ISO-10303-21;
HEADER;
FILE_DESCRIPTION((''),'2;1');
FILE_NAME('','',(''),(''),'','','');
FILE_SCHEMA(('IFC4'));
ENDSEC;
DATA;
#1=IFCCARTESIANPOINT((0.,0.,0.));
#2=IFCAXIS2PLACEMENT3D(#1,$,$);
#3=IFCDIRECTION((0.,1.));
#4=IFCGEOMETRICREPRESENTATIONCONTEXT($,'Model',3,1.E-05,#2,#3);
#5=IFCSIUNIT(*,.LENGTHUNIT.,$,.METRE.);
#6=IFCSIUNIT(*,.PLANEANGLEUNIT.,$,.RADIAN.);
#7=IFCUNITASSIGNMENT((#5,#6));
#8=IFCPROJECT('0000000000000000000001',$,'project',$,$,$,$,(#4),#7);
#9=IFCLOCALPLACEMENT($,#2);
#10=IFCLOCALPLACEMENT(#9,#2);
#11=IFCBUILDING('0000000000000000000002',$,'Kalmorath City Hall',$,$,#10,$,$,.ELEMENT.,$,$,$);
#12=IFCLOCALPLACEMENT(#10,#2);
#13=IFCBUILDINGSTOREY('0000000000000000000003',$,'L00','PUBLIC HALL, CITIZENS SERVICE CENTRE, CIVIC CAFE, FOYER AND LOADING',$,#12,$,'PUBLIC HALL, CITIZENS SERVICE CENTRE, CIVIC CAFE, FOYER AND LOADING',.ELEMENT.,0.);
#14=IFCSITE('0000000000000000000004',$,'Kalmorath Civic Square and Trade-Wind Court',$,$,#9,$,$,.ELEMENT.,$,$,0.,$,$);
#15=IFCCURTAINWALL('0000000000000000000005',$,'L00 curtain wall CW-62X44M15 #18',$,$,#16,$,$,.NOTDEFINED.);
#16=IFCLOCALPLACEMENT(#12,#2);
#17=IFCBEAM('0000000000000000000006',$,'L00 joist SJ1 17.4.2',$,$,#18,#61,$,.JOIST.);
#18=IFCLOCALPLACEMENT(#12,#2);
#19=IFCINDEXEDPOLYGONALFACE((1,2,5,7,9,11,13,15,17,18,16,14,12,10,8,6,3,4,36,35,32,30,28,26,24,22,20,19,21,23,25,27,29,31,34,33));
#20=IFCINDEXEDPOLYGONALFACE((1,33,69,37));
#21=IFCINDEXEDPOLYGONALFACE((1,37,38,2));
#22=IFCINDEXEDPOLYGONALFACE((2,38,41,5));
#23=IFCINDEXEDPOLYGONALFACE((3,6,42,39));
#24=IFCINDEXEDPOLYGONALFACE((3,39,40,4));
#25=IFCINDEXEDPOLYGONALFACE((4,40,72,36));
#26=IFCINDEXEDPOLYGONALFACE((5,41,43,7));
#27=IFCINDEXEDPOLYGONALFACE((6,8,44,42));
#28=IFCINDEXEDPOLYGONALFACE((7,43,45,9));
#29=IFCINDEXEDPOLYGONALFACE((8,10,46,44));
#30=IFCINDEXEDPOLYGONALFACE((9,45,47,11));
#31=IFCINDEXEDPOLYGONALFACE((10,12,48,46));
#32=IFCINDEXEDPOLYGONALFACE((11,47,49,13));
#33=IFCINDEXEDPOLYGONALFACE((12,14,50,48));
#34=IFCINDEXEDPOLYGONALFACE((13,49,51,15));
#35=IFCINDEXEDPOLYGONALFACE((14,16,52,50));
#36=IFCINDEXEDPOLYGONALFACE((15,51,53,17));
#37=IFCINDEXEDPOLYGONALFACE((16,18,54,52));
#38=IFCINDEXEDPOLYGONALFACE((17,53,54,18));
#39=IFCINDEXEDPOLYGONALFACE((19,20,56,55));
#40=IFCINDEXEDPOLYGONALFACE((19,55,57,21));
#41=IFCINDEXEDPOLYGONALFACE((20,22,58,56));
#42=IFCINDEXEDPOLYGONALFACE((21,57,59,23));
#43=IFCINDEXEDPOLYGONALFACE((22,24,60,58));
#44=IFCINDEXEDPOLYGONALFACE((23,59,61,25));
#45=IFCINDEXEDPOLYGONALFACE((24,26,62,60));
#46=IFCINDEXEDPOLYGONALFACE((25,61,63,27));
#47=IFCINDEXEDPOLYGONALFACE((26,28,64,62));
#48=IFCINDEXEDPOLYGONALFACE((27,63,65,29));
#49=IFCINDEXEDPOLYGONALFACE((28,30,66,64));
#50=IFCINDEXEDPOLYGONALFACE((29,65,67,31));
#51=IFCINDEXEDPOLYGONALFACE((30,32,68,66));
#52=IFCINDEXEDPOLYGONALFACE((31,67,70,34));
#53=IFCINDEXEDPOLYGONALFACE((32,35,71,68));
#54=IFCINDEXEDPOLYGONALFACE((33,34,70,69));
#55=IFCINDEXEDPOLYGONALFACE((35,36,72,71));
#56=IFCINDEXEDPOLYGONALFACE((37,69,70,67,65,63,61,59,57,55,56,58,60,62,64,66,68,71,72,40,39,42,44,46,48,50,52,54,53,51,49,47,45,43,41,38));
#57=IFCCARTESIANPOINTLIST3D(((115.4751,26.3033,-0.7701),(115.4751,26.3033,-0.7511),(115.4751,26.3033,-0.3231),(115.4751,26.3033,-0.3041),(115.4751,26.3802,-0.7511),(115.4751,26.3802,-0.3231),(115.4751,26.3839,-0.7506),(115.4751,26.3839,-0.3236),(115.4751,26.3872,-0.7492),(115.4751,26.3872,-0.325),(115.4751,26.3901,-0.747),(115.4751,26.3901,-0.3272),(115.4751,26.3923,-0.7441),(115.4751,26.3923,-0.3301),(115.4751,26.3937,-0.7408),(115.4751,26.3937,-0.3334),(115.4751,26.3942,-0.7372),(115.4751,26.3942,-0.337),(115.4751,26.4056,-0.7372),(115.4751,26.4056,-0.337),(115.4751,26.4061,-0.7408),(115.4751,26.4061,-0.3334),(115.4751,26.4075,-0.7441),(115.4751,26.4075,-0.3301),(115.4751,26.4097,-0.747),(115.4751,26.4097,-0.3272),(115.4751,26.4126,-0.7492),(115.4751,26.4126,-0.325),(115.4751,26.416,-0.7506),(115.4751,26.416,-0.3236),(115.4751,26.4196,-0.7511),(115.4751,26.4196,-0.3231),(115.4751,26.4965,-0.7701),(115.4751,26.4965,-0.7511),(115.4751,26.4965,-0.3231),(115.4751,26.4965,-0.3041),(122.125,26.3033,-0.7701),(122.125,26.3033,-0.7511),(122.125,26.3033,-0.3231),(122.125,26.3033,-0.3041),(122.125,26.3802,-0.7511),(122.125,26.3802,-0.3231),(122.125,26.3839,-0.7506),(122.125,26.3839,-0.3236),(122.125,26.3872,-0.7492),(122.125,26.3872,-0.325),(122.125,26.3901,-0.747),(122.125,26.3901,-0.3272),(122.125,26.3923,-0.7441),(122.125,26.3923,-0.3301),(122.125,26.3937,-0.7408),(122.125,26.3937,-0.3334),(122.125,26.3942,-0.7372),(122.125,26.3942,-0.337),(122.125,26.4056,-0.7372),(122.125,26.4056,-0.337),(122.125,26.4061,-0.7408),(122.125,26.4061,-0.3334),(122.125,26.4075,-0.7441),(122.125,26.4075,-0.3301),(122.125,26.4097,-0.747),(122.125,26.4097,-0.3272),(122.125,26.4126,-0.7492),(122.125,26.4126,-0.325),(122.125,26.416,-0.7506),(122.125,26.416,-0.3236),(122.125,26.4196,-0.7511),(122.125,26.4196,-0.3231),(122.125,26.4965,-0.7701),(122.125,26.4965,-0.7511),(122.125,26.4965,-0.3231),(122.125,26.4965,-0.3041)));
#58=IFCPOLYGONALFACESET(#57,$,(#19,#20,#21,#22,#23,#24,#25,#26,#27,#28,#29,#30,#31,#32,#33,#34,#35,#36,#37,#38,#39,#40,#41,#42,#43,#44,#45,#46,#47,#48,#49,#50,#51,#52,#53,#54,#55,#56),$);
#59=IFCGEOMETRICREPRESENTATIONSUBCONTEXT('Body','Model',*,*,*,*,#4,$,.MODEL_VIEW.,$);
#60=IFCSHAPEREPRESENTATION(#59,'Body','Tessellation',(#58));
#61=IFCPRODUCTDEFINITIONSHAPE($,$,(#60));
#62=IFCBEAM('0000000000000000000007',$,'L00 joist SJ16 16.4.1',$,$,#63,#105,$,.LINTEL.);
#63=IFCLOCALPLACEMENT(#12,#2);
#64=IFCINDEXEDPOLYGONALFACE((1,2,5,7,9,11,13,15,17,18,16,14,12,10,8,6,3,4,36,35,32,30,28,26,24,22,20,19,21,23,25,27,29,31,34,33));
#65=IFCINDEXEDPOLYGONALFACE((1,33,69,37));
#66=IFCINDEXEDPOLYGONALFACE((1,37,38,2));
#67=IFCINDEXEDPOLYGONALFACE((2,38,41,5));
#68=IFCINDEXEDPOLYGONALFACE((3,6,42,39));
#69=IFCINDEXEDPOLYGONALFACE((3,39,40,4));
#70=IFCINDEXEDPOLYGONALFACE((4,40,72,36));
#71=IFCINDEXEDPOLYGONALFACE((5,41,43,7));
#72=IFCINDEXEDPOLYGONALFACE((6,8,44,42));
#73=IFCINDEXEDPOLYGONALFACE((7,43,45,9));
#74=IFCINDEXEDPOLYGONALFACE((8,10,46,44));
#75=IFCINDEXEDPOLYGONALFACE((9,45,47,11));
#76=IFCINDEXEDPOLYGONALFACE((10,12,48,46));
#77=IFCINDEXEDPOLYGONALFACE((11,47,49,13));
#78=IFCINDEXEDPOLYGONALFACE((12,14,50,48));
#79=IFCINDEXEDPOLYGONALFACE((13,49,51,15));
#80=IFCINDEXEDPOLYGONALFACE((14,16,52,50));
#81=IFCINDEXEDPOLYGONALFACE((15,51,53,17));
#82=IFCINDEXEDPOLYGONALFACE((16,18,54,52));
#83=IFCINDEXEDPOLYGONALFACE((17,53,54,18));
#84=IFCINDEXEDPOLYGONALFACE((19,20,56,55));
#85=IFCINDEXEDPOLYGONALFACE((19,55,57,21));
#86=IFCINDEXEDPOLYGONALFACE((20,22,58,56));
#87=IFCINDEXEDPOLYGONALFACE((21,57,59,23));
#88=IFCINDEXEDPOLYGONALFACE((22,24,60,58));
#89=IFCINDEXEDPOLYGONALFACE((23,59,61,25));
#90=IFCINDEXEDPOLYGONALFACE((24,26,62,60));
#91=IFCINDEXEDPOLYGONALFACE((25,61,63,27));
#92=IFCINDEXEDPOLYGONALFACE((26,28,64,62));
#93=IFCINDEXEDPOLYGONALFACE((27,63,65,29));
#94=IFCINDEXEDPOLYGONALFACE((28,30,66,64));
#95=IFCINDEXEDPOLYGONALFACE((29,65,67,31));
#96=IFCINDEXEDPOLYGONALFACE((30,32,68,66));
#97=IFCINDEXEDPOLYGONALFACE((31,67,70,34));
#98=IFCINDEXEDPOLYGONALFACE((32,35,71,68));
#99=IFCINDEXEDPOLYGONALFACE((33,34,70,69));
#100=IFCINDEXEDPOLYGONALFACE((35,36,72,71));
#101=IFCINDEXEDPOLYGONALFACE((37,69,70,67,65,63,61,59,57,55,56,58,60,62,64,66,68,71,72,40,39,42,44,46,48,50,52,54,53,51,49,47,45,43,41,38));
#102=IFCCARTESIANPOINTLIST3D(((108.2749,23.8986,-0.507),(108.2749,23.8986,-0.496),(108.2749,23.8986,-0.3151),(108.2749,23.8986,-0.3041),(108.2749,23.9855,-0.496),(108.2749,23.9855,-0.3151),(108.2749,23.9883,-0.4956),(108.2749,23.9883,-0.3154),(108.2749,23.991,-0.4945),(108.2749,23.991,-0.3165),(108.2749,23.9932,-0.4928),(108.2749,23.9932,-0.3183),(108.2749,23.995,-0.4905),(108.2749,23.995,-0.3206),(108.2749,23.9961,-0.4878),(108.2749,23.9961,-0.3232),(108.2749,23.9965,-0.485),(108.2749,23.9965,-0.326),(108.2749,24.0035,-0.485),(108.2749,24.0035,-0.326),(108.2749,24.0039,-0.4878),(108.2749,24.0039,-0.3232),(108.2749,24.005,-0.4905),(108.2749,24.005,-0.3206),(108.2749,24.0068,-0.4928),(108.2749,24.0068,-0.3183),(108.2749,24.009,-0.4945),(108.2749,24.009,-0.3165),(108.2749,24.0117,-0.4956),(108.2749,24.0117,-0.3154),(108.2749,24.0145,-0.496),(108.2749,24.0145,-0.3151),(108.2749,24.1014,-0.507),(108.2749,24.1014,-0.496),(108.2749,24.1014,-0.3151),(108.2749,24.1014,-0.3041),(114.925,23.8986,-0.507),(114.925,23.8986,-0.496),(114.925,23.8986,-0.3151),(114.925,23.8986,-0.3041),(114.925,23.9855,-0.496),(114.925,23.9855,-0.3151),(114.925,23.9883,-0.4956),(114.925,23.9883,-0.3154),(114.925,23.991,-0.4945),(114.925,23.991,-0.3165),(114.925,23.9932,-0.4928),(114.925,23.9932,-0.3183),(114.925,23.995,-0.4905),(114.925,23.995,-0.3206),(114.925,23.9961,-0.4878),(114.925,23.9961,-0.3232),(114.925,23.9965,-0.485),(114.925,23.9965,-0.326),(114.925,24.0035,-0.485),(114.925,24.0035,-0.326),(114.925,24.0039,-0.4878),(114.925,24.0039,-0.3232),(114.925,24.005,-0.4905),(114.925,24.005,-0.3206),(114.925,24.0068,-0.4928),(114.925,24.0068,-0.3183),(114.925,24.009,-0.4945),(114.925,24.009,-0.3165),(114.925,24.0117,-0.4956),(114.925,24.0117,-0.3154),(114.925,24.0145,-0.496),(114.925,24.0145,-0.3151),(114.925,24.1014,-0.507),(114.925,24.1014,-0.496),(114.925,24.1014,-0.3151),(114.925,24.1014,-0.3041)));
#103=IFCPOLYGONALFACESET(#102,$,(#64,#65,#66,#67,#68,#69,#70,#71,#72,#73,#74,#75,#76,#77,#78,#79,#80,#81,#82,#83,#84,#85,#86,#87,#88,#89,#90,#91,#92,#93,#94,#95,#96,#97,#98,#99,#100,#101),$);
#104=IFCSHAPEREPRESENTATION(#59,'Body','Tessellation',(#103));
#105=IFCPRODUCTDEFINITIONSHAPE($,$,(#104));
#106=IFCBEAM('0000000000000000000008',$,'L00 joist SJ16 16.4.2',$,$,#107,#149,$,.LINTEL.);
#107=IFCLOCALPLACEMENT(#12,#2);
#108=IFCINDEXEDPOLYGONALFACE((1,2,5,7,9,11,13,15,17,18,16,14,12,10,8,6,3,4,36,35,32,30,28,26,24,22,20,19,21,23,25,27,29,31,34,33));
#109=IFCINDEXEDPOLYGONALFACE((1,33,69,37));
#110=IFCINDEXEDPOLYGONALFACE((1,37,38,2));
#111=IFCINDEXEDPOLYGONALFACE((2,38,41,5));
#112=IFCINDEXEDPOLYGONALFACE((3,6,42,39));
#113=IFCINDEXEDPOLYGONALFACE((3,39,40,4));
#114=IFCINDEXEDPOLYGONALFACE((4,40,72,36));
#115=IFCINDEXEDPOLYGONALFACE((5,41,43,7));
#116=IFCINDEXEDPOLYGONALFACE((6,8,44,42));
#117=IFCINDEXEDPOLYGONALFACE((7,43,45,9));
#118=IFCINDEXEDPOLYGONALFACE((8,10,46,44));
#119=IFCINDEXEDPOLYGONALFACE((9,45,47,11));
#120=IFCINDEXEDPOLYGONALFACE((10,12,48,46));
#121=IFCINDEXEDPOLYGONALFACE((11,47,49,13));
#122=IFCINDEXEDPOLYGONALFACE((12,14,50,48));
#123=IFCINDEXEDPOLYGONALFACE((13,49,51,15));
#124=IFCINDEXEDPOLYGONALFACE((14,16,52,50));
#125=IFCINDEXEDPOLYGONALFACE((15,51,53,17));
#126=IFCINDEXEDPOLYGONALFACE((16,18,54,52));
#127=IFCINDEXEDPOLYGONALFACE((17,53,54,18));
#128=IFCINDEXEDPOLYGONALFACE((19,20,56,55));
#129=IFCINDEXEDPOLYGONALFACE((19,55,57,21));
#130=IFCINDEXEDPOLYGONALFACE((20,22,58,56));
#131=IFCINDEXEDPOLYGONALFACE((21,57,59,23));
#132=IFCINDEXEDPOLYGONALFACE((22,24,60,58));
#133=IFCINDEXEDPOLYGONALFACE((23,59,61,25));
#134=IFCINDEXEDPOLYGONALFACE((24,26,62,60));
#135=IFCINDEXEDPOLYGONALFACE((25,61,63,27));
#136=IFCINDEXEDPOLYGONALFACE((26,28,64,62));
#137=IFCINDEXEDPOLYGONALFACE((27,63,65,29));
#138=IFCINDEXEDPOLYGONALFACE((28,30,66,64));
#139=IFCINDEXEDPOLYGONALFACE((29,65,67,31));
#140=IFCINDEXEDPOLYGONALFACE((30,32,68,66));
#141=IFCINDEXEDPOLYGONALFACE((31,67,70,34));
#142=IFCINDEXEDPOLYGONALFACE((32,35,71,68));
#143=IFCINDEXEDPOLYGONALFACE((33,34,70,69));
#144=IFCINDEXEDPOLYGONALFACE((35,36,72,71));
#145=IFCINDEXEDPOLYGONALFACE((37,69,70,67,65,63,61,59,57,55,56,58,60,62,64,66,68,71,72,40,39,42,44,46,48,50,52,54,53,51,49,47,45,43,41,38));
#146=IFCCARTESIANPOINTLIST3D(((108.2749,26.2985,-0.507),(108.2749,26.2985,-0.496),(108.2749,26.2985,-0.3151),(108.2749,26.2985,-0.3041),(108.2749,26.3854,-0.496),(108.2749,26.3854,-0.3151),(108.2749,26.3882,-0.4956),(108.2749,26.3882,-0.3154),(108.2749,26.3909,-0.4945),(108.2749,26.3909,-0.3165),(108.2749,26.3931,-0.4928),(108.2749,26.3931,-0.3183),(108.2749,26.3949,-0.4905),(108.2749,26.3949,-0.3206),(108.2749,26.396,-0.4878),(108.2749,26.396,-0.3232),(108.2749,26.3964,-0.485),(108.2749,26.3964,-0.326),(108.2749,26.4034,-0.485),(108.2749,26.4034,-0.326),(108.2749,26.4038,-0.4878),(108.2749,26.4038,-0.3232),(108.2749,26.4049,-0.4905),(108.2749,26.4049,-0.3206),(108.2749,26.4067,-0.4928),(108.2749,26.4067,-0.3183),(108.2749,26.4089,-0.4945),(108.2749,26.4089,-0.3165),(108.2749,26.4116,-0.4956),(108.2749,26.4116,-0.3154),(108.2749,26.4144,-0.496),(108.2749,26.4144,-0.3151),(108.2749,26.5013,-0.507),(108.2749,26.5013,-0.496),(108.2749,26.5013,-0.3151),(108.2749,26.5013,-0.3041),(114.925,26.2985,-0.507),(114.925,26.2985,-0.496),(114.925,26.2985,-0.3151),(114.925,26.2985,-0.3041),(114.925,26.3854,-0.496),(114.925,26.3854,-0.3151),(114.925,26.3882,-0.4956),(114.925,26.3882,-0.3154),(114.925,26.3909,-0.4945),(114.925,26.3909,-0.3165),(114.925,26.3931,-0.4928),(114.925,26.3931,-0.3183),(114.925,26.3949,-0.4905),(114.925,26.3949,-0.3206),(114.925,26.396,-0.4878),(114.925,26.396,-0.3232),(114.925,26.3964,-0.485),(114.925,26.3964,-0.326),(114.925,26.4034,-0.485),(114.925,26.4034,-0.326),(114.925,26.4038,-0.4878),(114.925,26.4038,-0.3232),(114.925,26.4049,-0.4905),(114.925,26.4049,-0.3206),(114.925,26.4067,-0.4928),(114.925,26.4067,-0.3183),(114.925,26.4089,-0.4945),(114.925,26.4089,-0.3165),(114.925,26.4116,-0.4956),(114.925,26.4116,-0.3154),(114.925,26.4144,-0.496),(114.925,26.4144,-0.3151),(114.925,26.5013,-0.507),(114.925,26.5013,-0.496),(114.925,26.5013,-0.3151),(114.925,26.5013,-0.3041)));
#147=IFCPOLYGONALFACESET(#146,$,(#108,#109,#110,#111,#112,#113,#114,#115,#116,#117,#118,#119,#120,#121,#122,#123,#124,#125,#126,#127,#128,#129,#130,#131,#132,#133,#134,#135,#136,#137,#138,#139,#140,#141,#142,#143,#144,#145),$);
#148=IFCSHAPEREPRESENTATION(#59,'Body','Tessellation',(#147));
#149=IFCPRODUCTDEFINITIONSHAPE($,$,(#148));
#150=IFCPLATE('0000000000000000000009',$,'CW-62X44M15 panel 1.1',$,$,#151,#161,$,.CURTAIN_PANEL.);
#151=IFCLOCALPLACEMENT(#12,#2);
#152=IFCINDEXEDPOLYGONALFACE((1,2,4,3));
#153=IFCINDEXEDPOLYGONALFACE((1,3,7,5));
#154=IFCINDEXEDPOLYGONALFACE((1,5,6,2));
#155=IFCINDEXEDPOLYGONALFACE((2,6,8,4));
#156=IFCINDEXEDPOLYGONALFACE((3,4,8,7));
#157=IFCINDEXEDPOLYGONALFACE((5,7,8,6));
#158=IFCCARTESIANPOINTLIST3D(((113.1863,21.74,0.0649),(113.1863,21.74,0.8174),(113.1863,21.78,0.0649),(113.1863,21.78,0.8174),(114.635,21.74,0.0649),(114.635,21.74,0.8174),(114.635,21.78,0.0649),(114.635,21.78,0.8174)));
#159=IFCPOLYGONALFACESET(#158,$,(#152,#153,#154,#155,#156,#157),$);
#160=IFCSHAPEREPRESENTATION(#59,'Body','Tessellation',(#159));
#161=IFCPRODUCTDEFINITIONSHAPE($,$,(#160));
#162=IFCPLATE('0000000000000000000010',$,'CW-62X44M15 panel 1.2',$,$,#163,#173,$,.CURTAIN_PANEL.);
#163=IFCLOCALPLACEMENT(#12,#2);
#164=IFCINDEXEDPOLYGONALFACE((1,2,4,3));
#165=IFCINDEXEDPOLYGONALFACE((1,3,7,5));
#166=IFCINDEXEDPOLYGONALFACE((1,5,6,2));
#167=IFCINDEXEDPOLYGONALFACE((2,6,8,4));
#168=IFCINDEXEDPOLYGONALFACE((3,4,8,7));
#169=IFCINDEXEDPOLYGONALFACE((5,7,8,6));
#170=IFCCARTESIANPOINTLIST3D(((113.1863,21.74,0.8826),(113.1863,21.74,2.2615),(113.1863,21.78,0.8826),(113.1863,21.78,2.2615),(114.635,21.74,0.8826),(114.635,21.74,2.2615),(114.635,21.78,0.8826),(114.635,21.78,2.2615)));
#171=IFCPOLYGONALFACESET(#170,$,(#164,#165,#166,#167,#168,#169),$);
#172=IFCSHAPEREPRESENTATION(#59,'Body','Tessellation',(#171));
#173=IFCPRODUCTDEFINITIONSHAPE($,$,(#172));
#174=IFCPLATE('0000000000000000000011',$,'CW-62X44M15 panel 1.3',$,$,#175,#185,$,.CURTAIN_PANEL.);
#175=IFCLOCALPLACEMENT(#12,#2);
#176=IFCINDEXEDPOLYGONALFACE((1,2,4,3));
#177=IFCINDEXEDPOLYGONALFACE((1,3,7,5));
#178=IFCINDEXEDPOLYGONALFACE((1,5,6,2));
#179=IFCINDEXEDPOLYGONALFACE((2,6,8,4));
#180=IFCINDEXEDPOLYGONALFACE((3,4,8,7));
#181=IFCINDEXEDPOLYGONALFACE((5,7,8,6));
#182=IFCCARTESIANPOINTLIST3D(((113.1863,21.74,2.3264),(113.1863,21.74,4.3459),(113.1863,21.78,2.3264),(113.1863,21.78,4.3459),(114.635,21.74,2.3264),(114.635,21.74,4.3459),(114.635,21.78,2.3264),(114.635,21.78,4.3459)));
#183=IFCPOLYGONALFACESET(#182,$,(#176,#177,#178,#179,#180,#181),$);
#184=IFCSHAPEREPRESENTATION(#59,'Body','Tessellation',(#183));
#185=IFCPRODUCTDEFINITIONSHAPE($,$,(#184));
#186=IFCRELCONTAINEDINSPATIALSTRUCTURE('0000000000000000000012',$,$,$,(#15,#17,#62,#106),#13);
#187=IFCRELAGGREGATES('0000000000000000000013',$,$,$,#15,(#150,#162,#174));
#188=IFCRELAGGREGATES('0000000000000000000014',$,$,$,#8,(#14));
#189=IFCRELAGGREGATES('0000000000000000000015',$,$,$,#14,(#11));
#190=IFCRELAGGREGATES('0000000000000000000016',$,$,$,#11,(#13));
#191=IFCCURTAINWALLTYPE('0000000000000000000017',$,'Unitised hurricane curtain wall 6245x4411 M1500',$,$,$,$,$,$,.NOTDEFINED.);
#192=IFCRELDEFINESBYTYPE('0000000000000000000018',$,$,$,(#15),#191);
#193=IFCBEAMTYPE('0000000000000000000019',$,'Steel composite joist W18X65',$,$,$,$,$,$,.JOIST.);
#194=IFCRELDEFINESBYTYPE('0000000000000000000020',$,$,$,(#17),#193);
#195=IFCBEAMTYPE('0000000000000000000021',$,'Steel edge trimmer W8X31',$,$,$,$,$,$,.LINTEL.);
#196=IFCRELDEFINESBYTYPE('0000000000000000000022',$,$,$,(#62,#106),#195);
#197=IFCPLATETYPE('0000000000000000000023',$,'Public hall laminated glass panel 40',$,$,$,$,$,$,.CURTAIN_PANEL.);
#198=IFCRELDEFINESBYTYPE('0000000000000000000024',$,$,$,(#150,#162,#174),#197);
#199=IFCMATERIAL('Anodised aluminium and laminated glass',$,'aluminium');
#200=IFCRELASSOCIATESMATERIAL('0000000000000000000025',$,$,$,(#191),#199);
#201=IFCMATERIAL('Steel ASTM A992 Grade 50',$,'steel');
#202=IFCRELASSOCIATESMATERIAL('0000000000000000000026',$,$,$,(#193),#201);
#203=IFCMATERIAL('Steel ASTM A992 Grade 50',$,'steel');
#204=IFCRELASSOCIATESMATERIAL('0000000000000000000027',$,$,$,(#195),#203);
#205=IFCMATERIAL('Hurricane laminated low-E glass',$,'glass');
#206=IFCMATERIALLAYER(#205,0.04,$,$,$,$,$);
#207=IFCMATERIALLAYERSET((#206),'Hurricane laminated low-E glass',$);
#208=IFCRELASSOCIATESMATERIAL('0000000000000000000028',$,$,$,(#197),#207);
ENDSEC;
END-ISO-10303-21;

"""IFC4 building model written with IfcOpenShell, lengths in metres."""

from ifc_helpers import new_model, si_unit, direction, frame, origin, origin_2d, place, context, subcontext, project, spatial, rectangle, i_section, extrude, material, layer, layer_set, material_profile, profile_set, type_object, element, aggregate, save


model = new_model("IFC4")

# Units and contexts
model_context = context("Model", 3, precision=1e-05, world=origin(), true_north=direction((0.0, 1.0)))
body_context = subcontext(model_context, "Body", "Model", "MODEL_VIEW")
ifc_project = project(units=[si_unit("LENGTHUNIT", "METRE"), si_unit("PLANEANGLEUNIT", "RADIAN")], contexts=[model_context])

# Site, building, storey
site_placement = place(None, origin())
site = spatial("IfcSite", under=ifc_project, at=site_placement, Name="Kalmorath Civic Square and Trade-Wind Court", CompositionType="ELEMENT", RefElevation=0.0)
building_placement = place(site_placement, origin())
building = spatial("IfcBuilding", under=site, at=building_placement, Name="Kalmorath City Hall", CompositionType="ELEMENT")
storey_placement = place(building_placement, origin())
storey = spatial("IfcBuildingStorey", under=building, at=storey_placement, Name="L00", Description="PUBLIC HALL, CITIZENS SERVICE CENTRE, CIVIC CAFE, FOYER AND LOADING", LongName="PUBLIC HALL, CITIZENS SERVICE CENTRE, CIVIC CAFE, FOYER AND LOADING", CompositionType="ELEMENT", Elevation=0.0)

# Curtain wall
ifc_material_1 = material(Name="Anodised aluminium and laminated glass", Category="aluminium")
curtain_wall_type = type_object("IfcCurtainWallType", Name="Unitised hurricane curtain wall 6245x4411 M1500", PredefinedType="NOTDEFINED", material=ifc_material_1)
curtain_wall_placement = place(storey_placement, origin())
curtain_wall = element("IfcCurtainWall", 1, at=curtain_wall_placement, inside=storey, type_object=curtain_wall_type, Name="L00 curtain wall CW-62X44M15 #18", PredefinedType="NOTDEFINED")

# Beams
ifc_material_2 = material(Name="Steel ASTM A992 Grade 50", Category="steel")
ifc_material_profile_1 = material_profile(ifc_material_2, i_section(OverallWidth=0.1931, OverallDepth=0.4661, WebThickness=0.0115, FlangeThickness=0.019, FilletRadius=0.0139, at=origin_2d()), Name="W18X65")
ifc_profile_set_1 = profile_set([ifc_material_profile_1], Name="Steel ASTM A992 Grade 50")
beam_type_1 = type_object("IfcBeamType", Name="Steel composite joist W18X65", PredefinedType="JOIST", material=ifc_profile_set_1)
for number, where, z_axis, x_axis, name in (
    (2, (115.4751, 26.3999, -0.5371), (1.0, 0.0, 0.0), (0.0, 1.0, 0.0), "L00 joist SJ1 17.4.2"),
):
    element("IfcBeam", number, at=place(storey_placement, frame(where, z_axis=z_axis, x_axis=x_axis)), inside=storey, type_object=beam_type_1, Name=name, PredefinedType="JOIST", context=body_context, shape_type="SweptSolid", body=[
        extrude(i_section(OverallWidth=0.1931, OverallDepth=0.4661, WebThickness=0.0115, FlangeThickness=0.019, FilletRadius=0.0139, at=origin_2d()), origin(), (0.0, 0.0, 1.0), 6.6499),
    ])
ifc_material_3 = material(Name="Steel ASTM A992 Grade 50", Category="steel")
ifc_material_profile_2 = material_profile(ifc_material_3, i_section(OverallWidth=0.2029, OverallDepth=0.2029, WebThickness=0.0071, FlangeThickness=0.011, FilletRadius=0.011, at=origin_2d()), Name="W8X31")
ifc_profile_set_2 = profile_set([ifc_material_profile_2], Name="Steel ASTM A992 Grade 50")
beam_type_2 = type_object("IfcBeamType", Name="Steel edge trimmer W8X31", PredefinedType="LINTEL", material=ifc_profile_set_2)
for number, where, z_axis, x_axis, name in (
    (3, (108.2749, 24.0, -0.4055), (1.0, 0.0, 0.0), (0.0, 1.0, 0.0), "L00 joist SJ16 16.4.1"),
    (4, (108.2749, 26.3999, -0.4055), (1.0, 0.0, 0.0), (0.0, 1.0, 0.0), "L00 joist SJ16 16.4.2"),
):
    element("IfcBeam", number, at=place(storey_placement, frame(where, z_axis=z_axis, x_axis=x_axis)), inside=storey, type_object=beam_type_2, Name=name, PredefinedType="LINTEL", context=body_context, shape_type="SweptSolid", body=[
        extrude(i_section(OverallWidth=0.2029, OverallDepth=0.2029, WebThickness=0.0071, FlangeThickness=0.011, FilletRadius=0.011, at=origin_2d()), origin(), (0.0, 0.0, 1.0), 6.6501),
    ])

# Plates
ifc_material_4 = material(Name="Hurricane laminated low-E glass", Category="glass")
ifc_layer_1 = layer(ifc_material_4, 0.04)
ifc_layer_set_1 = layer_set([ifc_layer_1], Name="Hurricane laminated low-E glass")
plate_type = type_object("IfcPlateType", Name="Public hall laminated glass panel 40", PredefinedType="CURTAIN_PANEL", material=ifc_layer_set_1)
plate_1_placement = place(storey_placement, frame((113.9106, 21.76, 0.0649), z_axis=(0.0, 0.0, 1.0), x_axis=(-1.0, 0.0, 0.0)))
plate_1 = element("IfcPlate", 5, at=plate_1_placement, type_object=plate_type, Name="CW-62X44M15 panel 1.1", PredefinedType="CURTAIN_PANEL", context=body_context, shape_type="SweptSolid", body=[
    extrude(rectangle(XDim=1.4487, YDim=0.04, at=origin_2d()), origin(), (0.0, 0.0, 1.0), 0.7524),
])
plate_2_placement = place(storey_placement, frame((113.9106, 21.76, 0.8826), z_axis=(0.0, 0.0, 1.0), x_axis=(-1.0, 0.0, 0.0)))
plate_2 = element("IfcPlate", 6, at=plate_2_placement, type_object=plate_type, Name="CW-62X44M15 panel 1.2", PredefinedType="CURTAIN_PANEL", context=body_context, shape_type="SweptSolid", body=[
    extrude(rectangle(XDim=1.4487, YDim=0.04, at=origin_2d()), origin(), (0.0, 0.0, 1.0), 1.3789),
])
plate_3_placement = place(storey_placement, frame((113.9106, 21.76, 2.3264), z_axis=(0.0, 0.0, 1.0), x_axis=(-1.0, 0.0, 0.0)))
plate_3 = element("IfcPlate", 7, at=plate_3_placement, type_object=plate_type, Name="CW-62X44M15 panel 1.3", PredefinedType="CURTAIN_PANEL", context=body_context, shape_type="SweptSolid", body=[
    extrude(rectangle(XDim=1.4487, YDim=0.04, at=origin_2d()), origin(), (0.0, 0.0, 1.0), 2.0195),
])
aggregate(curtain_wall, [plate_1, plate_2, plate_3])

save(model, "model.ifc")
